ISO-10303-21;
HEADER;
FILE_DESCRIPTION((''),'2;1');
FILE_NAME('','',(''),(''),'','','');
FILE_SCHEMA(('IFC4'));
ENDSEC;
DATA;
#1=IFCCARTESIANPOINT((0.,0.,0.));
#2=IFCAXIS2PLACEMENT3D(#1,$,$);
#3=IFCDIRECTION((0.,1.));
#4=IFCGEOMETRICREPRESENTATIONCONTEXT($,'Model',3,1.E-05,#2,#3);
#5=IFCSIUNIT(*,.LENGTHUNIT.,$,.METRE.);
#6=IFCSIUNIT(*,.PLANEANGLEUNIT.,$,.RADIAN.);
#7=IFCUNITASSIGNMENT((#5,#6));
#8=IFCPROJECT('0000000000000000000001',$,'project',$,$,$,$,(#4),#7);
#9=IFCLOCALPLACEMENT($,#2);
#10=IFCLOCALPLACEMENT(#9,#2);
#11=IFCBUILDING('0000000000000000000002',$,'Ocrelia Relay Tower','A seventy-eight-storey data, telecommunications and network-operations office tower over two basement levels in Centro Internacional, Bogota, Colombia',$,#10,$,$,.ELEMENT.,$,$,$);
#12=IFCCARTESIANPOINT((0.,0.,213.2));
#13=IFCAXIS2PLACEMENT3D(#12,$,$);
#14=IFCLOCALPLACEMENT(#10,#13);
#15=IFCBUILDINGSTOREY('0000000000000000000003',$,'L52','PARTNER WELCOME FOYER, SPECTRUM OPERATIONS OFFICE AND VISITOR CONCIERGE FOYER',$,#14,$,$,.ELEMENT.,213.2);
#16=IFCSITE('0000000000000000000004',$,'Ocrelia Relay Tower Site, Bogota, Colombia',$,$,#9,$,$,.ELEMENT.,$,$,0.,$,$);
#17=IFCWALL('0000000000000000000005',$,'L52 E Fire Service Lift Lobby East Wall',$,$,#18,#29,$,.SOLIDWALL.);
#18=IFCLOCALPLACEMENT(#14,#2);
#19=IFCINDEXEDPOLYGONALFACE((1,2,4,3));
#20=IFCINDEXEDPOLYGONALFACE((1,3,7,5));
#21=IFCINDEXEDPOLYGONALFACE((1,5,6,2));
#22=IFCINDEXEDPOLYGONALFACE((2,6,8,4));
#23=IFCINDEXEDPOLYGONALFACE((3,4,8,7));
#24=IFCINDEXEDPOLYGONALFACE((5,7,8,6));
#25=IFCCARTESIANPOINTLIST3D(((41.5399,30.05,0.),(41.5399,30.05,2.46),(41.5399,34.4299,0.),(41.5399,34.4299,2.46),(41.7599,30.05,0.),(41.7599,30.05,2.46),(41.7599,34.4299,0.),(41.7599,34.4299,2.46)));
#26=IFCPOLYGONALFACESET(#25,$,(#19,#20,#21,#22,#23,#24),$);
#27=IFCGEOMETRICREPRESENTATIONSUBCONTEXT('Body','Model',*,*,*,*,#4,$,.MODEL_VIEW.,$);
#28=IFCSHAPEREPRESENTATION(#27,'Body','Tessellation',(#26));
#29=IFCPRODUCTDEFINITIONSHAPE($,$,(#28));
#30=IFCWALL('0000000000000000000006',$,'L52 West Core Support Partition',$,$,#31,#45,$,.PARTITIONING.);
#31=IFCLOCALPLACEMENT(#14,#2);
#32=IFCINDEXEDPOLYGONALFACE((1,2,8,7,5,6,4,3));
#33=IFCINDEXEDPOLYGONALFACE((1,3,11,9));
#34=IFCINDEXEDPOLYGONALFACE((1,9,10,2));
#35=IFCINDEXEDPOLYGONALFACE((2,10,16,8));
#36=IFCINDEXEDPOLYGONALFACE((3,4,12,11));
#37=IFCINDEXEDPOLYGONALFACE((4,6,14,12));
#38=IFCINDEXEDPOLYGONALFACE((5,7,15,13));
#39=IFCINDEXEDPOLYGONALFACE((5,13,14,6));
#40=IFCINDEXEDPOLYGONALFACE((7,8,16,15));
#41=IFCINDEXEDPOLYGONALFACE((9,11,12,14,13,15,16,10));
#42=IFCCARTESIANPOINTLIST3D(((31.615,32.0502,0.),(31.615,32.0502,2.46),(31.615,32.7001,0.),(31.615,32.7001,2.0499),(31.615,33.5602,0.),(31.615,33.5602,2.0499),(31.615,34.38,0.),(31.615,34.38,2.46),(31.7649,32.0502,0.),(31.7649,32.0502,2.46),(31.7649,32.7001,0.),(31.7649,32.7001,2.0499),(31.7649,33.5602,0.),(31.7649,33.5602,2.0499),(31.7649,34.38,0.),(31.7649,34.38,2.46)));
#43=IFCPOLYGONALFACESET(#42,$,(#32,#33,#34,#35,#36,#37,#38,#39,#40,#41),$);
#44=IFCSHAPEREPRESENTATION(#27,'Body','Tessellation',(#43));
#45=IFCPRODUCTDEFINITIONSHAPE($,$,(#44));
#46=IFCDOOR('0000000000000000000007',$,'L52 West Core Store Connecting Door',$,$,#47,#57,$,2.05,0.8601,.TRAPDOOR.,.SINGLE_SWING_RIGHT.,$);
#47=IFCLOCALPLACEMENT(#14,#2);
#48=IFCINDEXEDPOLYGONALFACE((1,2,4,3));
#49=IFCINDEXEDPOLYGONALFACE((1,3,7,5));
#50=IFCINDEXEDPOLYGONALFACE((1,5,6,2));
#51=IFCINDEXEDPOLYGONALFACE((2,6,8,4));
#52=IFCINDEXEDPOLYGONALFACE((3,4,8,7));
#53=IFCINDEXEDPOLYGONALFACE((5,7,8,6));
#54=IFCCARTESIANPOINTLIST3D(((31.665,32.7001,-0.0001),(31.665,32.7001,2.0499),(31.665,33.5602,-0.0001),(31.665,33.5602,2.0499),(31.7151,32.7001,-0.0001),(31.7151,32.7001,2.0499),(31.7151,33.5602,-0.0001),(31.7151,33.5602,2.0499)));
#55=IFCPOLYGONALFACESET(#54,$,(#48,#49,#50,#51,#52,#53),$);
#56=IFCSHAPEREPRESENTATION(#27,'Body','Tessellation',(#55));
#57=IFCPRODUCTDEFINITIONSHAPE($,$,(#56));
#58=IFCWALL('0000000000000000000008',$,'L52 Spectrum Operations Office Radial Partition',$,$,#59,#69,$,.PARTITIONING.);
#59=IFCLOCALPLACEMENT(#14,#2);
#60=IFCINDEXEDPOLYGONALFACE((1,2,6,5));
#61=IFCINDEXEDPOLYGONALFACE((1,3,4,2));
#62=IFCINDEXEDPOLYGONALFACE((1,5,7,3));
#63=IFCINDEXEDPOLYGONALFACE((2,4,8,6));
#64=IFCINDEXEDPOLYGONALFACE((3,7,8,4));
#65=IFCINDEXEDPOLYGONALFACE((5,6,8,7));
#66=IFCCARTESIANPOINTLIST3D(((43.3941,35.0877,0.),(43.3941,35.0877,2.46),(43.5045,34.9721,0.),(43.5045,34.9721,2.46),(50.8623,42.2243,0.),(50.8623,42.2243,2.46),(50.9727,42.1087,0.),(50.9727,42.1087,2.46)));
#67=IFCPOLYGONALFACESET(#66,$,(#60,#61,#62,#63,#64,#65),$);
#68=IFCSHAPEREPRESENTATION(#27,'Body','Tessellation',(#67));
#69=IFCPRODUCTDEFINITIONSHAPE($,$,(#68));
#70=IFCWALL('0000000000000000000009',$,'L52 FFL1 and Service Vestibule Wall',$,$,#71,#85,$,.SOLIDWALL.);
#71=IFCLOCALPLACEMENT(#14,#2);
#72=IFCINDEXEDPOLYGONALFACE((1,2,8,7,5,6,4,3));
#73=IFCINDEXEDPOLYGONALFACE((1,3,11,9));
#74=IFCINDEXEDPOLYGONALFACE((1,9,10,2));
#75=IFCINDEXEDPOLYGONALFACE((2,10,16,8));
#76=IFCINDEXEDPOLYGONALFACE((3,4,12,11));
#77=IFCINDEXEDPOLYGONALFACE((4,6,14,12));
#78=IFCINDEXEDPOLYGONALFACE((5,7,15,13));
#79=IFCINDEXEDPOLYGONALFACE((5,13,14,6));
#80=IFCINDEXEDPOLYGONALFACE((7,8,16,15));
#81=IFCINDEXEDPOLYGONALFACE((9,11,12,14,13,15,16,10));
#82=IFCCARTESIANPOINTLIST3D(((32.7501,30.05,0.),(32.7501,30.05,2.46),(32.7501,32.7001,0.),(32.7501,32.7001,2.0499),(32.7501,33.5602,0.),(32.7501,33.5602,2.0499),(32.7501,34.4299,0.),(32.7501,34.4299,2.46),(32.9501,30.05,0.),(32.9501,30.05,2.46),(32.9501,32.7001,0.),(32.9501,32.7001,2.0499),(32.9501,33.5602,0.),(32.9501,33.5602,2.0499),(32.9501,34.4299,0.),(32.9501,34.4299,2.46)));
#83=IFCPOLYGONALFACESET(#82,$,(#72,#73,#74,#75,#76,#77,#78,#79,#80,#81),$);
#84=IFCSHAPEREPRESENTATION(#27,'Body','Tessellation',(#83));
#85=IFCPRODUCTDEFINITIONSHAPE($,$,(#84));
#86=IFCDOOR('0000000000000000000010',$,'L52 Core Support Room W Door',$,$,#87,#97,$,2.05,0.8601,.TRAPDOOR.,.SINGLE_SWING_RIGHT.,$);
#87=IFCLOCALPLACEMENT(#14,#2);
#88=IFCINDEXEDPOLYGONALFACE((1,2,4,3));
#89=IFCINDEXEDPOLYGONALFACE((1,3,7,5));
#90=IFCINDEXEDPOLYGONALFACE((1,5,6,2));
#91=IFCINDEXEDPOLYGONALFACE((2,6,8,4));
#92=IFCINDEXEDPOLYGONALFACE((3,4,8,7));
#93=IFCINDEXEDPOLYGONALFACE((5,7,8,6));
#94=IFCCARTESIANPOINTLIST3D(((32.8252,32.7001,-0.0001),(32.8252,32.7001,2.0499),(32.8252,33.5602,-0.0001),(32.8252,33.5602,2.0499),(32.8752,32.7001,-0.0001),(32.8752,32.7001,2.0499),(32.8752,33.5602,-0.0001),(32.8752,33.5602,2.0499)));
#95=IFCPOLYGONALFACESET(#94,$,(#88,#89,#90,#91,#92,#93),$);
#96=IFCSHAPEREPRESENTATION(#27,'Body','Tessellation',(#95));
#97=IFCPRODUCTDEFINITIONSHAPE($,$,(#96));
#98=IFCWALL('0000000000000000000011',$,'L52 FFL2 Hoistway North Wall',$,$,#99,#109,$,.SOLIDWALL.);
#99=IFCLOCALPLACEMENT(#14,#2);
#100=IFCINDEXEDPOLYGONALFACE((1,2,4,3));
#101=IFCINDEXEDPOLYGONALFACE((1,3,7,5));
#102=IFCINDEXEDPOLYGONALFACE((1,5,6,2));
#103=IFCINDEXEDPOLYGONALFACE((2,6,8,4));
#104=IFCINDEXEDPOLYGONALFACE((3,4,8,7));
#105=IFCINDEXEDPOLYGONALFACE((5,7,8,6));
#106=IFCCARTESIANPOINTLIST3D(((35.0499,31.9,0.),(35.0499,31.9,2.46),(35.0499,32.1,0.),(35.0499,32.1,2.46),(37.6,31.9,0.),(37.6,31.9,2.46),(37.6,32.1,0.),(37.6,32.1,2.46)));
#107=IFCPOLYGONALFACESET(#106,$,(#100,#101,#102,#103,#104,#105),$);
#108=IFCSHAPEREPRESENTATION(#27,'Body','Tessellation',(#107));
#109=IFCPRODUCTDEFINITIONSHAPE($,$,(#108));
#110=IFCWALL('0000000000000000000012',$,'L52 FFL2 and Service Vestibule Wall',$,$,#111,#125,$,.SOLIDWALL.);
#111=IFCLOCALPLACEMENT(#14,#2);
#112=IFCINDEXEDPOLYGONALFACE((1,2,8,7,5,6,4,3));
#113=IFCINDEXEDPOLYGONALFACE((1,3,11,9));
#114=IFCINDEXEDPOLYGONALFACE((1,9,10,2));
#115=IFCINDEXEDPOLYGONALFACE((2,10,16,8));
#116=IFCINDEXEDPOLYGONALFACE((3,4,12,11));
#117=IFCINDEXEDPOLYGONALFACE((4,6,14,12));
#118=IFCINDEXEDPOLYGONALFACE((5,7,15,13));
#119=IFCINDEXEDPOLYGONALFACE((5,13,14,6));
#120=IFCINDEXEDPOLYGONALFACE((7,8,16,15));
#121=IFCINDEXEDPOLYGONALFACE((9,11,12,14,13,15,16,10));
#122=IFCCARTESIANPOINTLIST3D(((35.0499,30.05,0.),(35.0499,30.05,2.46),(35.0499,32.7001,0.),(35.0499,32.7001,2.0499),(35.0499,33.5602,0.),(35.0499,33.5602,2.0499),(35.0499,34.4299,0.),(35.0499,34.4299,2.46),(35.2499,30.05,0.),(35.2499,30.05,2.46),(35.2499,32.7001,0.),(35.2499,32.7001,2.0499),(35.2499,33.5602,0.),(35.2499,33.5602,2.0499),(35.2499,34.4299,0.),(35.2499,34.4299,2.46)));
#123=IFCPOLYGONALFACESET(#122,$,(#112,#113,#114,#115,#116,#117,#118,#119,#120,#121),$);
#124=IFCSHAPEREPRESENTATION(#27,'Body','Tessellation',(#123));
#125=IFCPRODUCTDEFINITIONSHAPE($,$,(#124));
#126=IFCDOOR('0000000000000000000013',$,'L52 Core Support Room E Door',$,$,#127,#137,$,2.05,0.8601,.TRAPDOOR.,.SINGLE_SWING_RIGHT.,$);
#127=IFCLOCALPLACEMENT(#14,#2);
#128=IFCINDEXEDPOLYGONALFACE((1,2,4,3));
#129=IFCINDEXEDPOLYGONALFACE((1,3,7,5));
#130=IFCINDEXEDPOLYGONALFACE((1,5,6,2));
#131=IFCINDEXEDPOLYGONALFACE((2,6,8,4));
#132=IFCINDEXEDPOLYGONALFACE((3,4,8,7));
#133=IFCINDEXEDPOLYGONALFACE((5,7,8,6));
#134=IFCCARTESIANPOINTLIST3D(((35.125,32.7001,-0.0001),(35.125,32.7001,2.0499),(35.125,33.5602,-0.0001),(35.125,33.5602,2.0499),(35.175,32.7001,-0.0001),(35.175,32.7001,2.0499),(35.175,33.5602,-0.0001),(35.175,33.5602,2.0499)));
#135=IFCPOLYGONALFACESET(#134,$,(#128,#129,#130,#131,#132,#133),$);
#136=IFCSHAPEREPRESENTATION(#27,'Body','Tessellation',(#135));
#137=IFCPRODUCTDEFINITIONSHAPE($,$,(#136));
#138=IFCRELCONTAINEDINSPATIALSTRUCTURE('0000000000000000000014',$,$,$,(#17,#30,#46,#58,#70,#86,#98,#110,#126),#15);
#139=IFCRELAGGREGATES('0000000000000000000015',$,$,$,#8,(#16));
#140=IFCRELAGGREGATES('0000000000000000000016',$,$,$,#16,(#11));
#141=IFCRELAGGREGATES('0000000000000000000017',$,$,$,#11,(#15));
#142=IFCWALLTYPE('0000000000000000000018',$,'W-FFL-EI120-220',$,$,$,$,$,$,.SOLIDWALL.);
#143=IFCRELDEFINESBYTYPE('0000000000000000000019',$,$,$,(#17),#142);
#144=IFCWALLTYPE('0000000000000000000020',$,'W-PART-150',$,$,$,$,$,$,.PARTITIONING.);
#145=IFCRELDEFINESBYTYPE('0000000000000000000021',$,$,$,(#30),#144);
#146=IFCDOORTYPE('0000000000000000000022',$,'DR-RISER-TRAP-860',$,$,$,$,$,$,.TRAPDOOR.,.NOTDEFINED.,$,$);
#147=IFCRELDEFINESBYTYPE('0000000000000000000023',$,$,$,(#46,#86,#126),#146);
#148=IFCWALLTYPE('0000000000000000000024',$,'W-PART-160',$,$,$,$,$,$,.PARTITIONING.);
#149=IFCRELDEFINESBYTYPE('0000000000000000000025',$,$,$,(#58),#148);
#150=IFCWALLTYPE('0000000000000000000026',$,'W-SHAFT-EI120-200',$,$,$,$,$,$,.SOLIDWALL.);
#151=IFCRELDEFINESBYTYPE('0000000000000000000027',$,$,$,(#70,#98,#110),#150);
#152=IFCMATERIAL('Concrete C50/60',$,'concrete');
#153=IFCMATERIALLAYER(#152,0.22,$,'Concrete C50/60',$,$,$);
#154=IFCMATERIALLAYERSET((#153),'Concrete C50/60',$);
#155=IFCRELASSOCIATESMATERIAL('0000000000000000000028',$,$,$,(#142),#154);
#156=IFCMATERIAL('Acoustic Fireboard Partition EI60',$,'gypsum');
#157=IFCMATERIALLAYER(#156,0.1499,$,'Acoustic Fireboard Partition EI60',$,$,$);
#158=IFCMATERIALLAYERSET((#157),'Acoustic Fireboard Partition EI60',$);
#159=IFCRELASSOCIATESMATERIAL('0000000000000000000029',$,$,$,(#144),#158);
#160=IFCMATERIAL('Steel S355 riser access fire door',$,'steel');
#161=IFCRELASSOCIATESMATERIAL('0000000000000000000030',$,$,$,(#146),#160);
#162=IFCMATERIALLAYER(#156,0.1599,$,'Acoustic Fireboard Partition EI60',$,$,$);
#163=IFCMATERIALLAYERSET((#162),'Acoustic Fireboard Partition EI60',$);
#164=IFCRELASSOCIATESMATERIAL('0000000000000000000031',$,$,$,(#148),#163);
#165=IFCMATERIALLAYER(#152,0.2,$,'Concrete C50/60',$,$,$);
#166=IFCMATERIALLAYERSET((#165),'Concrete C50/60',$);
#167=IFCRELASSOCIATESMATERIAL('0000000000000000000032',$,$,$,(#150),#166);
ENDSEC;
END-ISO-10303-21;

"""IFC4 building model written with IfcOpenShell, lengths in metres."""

from ifc_helpers import new_model, si_unit, direction, frame, frame_2d, origin, place, context, subcontext, project, spatial, rectangle, extrude, material, layer, layer_set, type_object, element, fill, save


model = new_model("IFC4")

# Units and contexts
model_context = context("Model", 3, precision=1e-05, world=origin(), true_north=direction((0.0, 1.0)))
body_context = subcontext(model_context, "Body", "Model", "MODEL_VIEW")
ifc_project = project(units=[si_unit("LENGTHUNIT", "METRE"), si_unit("PLANEANGLEUNIT", "RADIAN")], contexts=[model_context])

# Site, building, storey
site_placement = place(None, origin())
site = spatial("IfcSite", under=ifc_project, at=site_placement, Name="Ocrelia Relay Tower Site, Bogota, Colombia", CompositionType="ELEMENT", RefElevation=0.0)
building_placement = place(site_placement, origin())
building = spatial("IfcBuilding", under=site, at=building_placement, Name="Ocrelia Relay Tower", Description="A seventy-eight-storey data, telecommunications and network-operations office tower over two basement levels in Centro Internacional, Bogota, Colombia", CompositionType="ELEMENT")
storey_placement = place(building_placement, frame((0.0, 0.0, 213.2)))
storey = spatial("IfcBuildingStorey", under=building, at=storey_placement, Name="L52", Description="PARTNER WELCOME FOYER, SPECTRUM OPERATIONS OFFICE AND VISITOR CONCIERGE FOYER", CompositionType="ELEMENT", Elevation=213.2)

# Shared definitions
ifc_material_1 = material(Name="Concrete C50/60", Category="concrete")
ifc_layer_1 = layer(ifc_material_1, 0.22, Name="Concrete C50/60")
ifc_layer_set_1 = layer_set([ifc_layer_1], Name="Concrete C50/60")
wall_type_1 = type_object("IfcWallType", Name="W-FFL-EI120-220", PredefinedType="SOLIDWALL", material=ifc_layer_set_1)

# Wall
wall_1_placement = place(storey_placement, frame((41.6499, 30.05, 0.0), z_axis=(0.0, 0.0, 1.0), x_axis=(0.0, 1.0, 0.0)))
element("IfcWall", 1, at=wall_1_placement, inside=storey, type_object=wall_type_1, Name="L52 E Fire Service Lift Lobby East Wall", PredefinedType="SOLIDWALL", context=body_context, shape_type="SweptSolid", body=[
    extrude(rectangle(XDim=4.3799, YDim=0.22, at=frame_2d((2.1899, 0.0))), origin(), (0.0, 0.0, 1.0), 2.46),
])

# Wall, opening, door
ifc_material_2 = material(Name="Acoustic Fireboard Partition EI60", Category="gypsum")
ifc_layer_2 = layer(ifc_material_2, 0.1499, Name="Acoustic Fireboard Partition EI60")
ifc_layer_set_2 = layer_set([ifc_layer_2], Name="Acoustic Fireboard Partition EI60")
wall_type_2 = type_object("IfcWallType", Name="W-PART-150", PredefinedType="PARTITIONING", material=ifc_layer_set_2)
wall_2_placement = place(storey_placement, frame((31.6899, 32.05, 0.0), z_axis=(0.0, 0.0, 1.0), x_axis=(0.0, 1.0, 0.0)))
wall_2 = element("IfcWall", 2, at=wall_2_placement, inside=storey, type_object=wall_type_2, Name="L52 West Core Support Partition", PredefinedType="PARTITIONING", context=body_context, shape_type="SweptSolid", body=[
    extrude(rectangle(XDim=2.3298, YDim=0.1499, at=frame_2d((1.165, 0.0))), origin(), (0.0, 0.0, 1.0), 2.46),
])
opening_1_placement = place(wall_2_placement, frame((0.6499, 0.0, 0.0)))
opening_1 = element("IfcOpeningElement", 3, at=opening_1_placement, cuts=wall_2, PredefinedType="OPENING", context=body_context, shape_type="SweptSolid", body=[
    extrude(rectangle(XDim=0.8601, YDim=2.05, at=frame_2d((0.4302, 1.0249))), frame((0.0, 0.085, 0.0), z_axis=(0.0, -1.0, 0.0), x_axis=(1.0, 0.0, 0.0)), (0.0, 0.0, 1.0), 0.1699),
])
ifc_material_3 = material(Name="Steel S355 riser access fire door", Category="steel")
door_type_1 = type_object("IfcDoorType", Name="DR-RISER-TRAP-860", OperationType="NOTDEFINED", PredefinedType="TRAPDOOR", material=ifc_material_3)
door_1_placement = place(opening_1_placement, origin())
door_1 = element("IfcDoor", 4, at=door_1_placement, inside=storey, type_object=door_type_1, Name="L52 West Core Store Connecting Door", OperationType="SINGLE_SWING_RIGHT", OverallHeight=2.05, OverallWidth=0.8601, PredefinedType="TRAPDOOR", context=body_context, shape_type="SweptSolid", body=[
    extrude(rectangle(XDim=0.8601, YDim=2.05, at=frame_2d((0.4302, 1.0249))), frame((0.0, 0.0249, 0.0), z_axis=(0.0, -1.0, 0.0), x_axis=(1.0, 0.0, 0.0)), (0.0, 0.0, 1.0), 0.05),
])
fill(opening_1, door_1)

# Wall
ifc_layer_3 = layer(ifc_material_2, 0.1599, Name="Acoustic Fireboard Partition EI60")
ifc_layer_set_3 = layer_set([ifc_layer_3], Name="Acoustic Fireboard Partition EI60")
wall_type_3 = type_object("IfcWallType", Name="W-PART-160", PredefinedType="PARTITIONING", material=ifc_layer_set_3)
wall_3_placement = place(storey_placement, frame((43.4492, 35.0298, 0.0), z_axis=(0.0, 0.0, 1.0), x_axis=(0.722972, 0.690877, 0.0)))
element("IfcWall", 5, at=wall_3_placement, inside=storey, type_object=wall_type_3, Name="L52 Spectrum Operations Office Radial Partition", PredefinedType="PARTITIONING", context=body_context, shape_type="SweptSolid", body=[
    extrude(rectangle(XDim=10.3298, YDim=0.1599, at=frame_2d((5.165, 0.0))), origin(), (0.0, 0.0, 1.0), 2.46),
])

# Wall, opening, door
ifc_layer_4 = layer(ifc_material_1, 0.2, Name="Concrete C50/60")
ifc_layer_set_4 = layer_set([ifc_layer_4], Name="Concrete C50/60")
wall_type_4 = type_object("IfcWallType", Name="W-SHAFT-EI120-200", PredefinedType="SOLIDWALL", material=ifc_layer_set_4)
wall_4_placement = place(storey_placement, frame((32.8501, 30.05, 0.0), z_axis=(0.0, 0.0, 1.0), x_axis=(0.0, 1.0, 0.0)))
wall_4 = element("IfcWall", 6, at=wall_4_placement, inside=storey, type_object=wall_type_4, Name="L52 FFL1 and Service Vestibule Wall", PredefinedType="SOLIDWALL", context=body_context, shape_type="SweptSolid", body=[
    extrude(rectangle(XDim=4.3799, YDim=0.2, at=frame_2d((2.1899, 0.0))), origin(), (0.0, 0.0, 1.0), 2.46),
])
opening_2_placement = place(wall_4_placement, frame((2.6499, 0.0, 0.0)))
opening_2 = element("IfcOpeningElement", 7, at=opening_2_placement, cuts=wall_4, PredefinedType="OPENING", context=body_context, shape_type="SweptSolid", body=[
    extrude(rectangle(XDim=0.8601, YDim=2.05, at=frame_2d((0.4302, 1.0249))), frame((0.0, 0.1099, 0.0), z_axis=(0.0, -1.0, 0.0), x_axis=(1.0, 0.0, 0.0)), (0.0, 0.0, 1.0), 0.22),
])
door_2_placement = place(opening_2_placement, origin())
door_2 = element("IfcDoor", 8, at=door_2_placement, inside=storey, type_object=door_type_1, Name="L52 Core Support Room W Door", OperationType="SINGLE_SWING_RIGHT", OverallHeight=2.05, OverallWidth=0.8601, PredefinedType="TRAPDOOR", context=body_context, shape_type="SweptSolid", body=[
    extrude(rectangle(XDim=0.8601, YDim=2.05, at=frame_2d((0.4302, 1.0249))), frame((0.0, 0.0249, 0.0), z_axis=(0.0, -1.0, 0.0), x_axis=(1.0, 0.0, 0.0)), (0.0, 0.0, 1.0), 0.05),
])
fill(opening_2, door_2)

# Wall
wall_5_placement = place(storey_placement, frame((35.05, 32.0, 0.0), z_axis=(0.0, 0.0, 1.0), x_axis=(1.0, 0.0, 0.0)))
element("IfcWall", 9, at=wall_5_placement, inside=storey, type_object=wall_type_4, Name="L52 FFL2 Hoistway North Wall", PredefinedType="SOLIDWALL", context=body_context, shape_type="SweptSolid", body=[
    extrude(rectangle(XDim=2.55, YDim=0.2, at=frame_2d((1.2749, 0.0))), origin(), (0.0, 0.0, 1.0), 2.46),
])

# Wall, opening, door
wall_6_placement = place(storey_placement, frame((35.1499, 30.05, 0.0), z_axis=(0.0, 0.0, 1.0), x_axis=(0.0, 1.0, 0.0)))
wall_6 = element("IfcWall", 10, at=wall_6_placement, inside=storey, type_object=wall_type_4, Name="L52 FFL2 and Service Vestibule Wall", PredefinedType="SOLIDWALL", context=body_context, shape_type="SweptSolid", body=[
    extrude(rectangle(XDim=4.3799, YDim=0.2, at=frame_2d((2.1899, 0.0))), origin(), (0.0, 0.0, 1.0), 2.46),
])
opening_3_placement = place(wall_6_placement, frame((2.6499, 0.0, 0.0)))
opening_3 = element("IfcOpeningElement", 11, at=opening_3_placement, cuts=wall_6, PredefinedType="OPENING", context=body_context, shape_type="SweptSolid", body=[
    extrude(rectangle(XDim=0.8601, YDim=2.05, at=frame_2d((0.4302, 1.0249))), frame((0.0, 0.1099, 0.0), z_axis=(0.0, -1.0, 0.0), x_axis=(1.0, 0.0, 0.0)), (0.0, 0.0, 1.0), 0.22),
])
door_3_placement = place(opening_3_placement, origin())
door_3 = element("IfcDoor", 12, at=door_3_placement, inside=storey, type_object=door_type_1, Name="L52 Core Support Room E Door", OperationType="SINGLE_SWING_RIGHT", OverallHeight=2.05, OverallWidth=0.8601, PredefinedType="TRAPDOOR", context=body_context, shape_type="SweptSolid", body=[
    extrude(rectangle(XDim=0.8601, YDim=2.05, at=frame_2d((0.4302, 1.0249))), frame((0.0, 0.0249, 0.0), z_axis=(0.0, -1.0, 0.0), x_axis=(1.0, 0.0, 0.0)), (0.0, 0.0, 1.0), 0.05),
])
fill(opening_3, door_3)

save(model, "model.ifc")
